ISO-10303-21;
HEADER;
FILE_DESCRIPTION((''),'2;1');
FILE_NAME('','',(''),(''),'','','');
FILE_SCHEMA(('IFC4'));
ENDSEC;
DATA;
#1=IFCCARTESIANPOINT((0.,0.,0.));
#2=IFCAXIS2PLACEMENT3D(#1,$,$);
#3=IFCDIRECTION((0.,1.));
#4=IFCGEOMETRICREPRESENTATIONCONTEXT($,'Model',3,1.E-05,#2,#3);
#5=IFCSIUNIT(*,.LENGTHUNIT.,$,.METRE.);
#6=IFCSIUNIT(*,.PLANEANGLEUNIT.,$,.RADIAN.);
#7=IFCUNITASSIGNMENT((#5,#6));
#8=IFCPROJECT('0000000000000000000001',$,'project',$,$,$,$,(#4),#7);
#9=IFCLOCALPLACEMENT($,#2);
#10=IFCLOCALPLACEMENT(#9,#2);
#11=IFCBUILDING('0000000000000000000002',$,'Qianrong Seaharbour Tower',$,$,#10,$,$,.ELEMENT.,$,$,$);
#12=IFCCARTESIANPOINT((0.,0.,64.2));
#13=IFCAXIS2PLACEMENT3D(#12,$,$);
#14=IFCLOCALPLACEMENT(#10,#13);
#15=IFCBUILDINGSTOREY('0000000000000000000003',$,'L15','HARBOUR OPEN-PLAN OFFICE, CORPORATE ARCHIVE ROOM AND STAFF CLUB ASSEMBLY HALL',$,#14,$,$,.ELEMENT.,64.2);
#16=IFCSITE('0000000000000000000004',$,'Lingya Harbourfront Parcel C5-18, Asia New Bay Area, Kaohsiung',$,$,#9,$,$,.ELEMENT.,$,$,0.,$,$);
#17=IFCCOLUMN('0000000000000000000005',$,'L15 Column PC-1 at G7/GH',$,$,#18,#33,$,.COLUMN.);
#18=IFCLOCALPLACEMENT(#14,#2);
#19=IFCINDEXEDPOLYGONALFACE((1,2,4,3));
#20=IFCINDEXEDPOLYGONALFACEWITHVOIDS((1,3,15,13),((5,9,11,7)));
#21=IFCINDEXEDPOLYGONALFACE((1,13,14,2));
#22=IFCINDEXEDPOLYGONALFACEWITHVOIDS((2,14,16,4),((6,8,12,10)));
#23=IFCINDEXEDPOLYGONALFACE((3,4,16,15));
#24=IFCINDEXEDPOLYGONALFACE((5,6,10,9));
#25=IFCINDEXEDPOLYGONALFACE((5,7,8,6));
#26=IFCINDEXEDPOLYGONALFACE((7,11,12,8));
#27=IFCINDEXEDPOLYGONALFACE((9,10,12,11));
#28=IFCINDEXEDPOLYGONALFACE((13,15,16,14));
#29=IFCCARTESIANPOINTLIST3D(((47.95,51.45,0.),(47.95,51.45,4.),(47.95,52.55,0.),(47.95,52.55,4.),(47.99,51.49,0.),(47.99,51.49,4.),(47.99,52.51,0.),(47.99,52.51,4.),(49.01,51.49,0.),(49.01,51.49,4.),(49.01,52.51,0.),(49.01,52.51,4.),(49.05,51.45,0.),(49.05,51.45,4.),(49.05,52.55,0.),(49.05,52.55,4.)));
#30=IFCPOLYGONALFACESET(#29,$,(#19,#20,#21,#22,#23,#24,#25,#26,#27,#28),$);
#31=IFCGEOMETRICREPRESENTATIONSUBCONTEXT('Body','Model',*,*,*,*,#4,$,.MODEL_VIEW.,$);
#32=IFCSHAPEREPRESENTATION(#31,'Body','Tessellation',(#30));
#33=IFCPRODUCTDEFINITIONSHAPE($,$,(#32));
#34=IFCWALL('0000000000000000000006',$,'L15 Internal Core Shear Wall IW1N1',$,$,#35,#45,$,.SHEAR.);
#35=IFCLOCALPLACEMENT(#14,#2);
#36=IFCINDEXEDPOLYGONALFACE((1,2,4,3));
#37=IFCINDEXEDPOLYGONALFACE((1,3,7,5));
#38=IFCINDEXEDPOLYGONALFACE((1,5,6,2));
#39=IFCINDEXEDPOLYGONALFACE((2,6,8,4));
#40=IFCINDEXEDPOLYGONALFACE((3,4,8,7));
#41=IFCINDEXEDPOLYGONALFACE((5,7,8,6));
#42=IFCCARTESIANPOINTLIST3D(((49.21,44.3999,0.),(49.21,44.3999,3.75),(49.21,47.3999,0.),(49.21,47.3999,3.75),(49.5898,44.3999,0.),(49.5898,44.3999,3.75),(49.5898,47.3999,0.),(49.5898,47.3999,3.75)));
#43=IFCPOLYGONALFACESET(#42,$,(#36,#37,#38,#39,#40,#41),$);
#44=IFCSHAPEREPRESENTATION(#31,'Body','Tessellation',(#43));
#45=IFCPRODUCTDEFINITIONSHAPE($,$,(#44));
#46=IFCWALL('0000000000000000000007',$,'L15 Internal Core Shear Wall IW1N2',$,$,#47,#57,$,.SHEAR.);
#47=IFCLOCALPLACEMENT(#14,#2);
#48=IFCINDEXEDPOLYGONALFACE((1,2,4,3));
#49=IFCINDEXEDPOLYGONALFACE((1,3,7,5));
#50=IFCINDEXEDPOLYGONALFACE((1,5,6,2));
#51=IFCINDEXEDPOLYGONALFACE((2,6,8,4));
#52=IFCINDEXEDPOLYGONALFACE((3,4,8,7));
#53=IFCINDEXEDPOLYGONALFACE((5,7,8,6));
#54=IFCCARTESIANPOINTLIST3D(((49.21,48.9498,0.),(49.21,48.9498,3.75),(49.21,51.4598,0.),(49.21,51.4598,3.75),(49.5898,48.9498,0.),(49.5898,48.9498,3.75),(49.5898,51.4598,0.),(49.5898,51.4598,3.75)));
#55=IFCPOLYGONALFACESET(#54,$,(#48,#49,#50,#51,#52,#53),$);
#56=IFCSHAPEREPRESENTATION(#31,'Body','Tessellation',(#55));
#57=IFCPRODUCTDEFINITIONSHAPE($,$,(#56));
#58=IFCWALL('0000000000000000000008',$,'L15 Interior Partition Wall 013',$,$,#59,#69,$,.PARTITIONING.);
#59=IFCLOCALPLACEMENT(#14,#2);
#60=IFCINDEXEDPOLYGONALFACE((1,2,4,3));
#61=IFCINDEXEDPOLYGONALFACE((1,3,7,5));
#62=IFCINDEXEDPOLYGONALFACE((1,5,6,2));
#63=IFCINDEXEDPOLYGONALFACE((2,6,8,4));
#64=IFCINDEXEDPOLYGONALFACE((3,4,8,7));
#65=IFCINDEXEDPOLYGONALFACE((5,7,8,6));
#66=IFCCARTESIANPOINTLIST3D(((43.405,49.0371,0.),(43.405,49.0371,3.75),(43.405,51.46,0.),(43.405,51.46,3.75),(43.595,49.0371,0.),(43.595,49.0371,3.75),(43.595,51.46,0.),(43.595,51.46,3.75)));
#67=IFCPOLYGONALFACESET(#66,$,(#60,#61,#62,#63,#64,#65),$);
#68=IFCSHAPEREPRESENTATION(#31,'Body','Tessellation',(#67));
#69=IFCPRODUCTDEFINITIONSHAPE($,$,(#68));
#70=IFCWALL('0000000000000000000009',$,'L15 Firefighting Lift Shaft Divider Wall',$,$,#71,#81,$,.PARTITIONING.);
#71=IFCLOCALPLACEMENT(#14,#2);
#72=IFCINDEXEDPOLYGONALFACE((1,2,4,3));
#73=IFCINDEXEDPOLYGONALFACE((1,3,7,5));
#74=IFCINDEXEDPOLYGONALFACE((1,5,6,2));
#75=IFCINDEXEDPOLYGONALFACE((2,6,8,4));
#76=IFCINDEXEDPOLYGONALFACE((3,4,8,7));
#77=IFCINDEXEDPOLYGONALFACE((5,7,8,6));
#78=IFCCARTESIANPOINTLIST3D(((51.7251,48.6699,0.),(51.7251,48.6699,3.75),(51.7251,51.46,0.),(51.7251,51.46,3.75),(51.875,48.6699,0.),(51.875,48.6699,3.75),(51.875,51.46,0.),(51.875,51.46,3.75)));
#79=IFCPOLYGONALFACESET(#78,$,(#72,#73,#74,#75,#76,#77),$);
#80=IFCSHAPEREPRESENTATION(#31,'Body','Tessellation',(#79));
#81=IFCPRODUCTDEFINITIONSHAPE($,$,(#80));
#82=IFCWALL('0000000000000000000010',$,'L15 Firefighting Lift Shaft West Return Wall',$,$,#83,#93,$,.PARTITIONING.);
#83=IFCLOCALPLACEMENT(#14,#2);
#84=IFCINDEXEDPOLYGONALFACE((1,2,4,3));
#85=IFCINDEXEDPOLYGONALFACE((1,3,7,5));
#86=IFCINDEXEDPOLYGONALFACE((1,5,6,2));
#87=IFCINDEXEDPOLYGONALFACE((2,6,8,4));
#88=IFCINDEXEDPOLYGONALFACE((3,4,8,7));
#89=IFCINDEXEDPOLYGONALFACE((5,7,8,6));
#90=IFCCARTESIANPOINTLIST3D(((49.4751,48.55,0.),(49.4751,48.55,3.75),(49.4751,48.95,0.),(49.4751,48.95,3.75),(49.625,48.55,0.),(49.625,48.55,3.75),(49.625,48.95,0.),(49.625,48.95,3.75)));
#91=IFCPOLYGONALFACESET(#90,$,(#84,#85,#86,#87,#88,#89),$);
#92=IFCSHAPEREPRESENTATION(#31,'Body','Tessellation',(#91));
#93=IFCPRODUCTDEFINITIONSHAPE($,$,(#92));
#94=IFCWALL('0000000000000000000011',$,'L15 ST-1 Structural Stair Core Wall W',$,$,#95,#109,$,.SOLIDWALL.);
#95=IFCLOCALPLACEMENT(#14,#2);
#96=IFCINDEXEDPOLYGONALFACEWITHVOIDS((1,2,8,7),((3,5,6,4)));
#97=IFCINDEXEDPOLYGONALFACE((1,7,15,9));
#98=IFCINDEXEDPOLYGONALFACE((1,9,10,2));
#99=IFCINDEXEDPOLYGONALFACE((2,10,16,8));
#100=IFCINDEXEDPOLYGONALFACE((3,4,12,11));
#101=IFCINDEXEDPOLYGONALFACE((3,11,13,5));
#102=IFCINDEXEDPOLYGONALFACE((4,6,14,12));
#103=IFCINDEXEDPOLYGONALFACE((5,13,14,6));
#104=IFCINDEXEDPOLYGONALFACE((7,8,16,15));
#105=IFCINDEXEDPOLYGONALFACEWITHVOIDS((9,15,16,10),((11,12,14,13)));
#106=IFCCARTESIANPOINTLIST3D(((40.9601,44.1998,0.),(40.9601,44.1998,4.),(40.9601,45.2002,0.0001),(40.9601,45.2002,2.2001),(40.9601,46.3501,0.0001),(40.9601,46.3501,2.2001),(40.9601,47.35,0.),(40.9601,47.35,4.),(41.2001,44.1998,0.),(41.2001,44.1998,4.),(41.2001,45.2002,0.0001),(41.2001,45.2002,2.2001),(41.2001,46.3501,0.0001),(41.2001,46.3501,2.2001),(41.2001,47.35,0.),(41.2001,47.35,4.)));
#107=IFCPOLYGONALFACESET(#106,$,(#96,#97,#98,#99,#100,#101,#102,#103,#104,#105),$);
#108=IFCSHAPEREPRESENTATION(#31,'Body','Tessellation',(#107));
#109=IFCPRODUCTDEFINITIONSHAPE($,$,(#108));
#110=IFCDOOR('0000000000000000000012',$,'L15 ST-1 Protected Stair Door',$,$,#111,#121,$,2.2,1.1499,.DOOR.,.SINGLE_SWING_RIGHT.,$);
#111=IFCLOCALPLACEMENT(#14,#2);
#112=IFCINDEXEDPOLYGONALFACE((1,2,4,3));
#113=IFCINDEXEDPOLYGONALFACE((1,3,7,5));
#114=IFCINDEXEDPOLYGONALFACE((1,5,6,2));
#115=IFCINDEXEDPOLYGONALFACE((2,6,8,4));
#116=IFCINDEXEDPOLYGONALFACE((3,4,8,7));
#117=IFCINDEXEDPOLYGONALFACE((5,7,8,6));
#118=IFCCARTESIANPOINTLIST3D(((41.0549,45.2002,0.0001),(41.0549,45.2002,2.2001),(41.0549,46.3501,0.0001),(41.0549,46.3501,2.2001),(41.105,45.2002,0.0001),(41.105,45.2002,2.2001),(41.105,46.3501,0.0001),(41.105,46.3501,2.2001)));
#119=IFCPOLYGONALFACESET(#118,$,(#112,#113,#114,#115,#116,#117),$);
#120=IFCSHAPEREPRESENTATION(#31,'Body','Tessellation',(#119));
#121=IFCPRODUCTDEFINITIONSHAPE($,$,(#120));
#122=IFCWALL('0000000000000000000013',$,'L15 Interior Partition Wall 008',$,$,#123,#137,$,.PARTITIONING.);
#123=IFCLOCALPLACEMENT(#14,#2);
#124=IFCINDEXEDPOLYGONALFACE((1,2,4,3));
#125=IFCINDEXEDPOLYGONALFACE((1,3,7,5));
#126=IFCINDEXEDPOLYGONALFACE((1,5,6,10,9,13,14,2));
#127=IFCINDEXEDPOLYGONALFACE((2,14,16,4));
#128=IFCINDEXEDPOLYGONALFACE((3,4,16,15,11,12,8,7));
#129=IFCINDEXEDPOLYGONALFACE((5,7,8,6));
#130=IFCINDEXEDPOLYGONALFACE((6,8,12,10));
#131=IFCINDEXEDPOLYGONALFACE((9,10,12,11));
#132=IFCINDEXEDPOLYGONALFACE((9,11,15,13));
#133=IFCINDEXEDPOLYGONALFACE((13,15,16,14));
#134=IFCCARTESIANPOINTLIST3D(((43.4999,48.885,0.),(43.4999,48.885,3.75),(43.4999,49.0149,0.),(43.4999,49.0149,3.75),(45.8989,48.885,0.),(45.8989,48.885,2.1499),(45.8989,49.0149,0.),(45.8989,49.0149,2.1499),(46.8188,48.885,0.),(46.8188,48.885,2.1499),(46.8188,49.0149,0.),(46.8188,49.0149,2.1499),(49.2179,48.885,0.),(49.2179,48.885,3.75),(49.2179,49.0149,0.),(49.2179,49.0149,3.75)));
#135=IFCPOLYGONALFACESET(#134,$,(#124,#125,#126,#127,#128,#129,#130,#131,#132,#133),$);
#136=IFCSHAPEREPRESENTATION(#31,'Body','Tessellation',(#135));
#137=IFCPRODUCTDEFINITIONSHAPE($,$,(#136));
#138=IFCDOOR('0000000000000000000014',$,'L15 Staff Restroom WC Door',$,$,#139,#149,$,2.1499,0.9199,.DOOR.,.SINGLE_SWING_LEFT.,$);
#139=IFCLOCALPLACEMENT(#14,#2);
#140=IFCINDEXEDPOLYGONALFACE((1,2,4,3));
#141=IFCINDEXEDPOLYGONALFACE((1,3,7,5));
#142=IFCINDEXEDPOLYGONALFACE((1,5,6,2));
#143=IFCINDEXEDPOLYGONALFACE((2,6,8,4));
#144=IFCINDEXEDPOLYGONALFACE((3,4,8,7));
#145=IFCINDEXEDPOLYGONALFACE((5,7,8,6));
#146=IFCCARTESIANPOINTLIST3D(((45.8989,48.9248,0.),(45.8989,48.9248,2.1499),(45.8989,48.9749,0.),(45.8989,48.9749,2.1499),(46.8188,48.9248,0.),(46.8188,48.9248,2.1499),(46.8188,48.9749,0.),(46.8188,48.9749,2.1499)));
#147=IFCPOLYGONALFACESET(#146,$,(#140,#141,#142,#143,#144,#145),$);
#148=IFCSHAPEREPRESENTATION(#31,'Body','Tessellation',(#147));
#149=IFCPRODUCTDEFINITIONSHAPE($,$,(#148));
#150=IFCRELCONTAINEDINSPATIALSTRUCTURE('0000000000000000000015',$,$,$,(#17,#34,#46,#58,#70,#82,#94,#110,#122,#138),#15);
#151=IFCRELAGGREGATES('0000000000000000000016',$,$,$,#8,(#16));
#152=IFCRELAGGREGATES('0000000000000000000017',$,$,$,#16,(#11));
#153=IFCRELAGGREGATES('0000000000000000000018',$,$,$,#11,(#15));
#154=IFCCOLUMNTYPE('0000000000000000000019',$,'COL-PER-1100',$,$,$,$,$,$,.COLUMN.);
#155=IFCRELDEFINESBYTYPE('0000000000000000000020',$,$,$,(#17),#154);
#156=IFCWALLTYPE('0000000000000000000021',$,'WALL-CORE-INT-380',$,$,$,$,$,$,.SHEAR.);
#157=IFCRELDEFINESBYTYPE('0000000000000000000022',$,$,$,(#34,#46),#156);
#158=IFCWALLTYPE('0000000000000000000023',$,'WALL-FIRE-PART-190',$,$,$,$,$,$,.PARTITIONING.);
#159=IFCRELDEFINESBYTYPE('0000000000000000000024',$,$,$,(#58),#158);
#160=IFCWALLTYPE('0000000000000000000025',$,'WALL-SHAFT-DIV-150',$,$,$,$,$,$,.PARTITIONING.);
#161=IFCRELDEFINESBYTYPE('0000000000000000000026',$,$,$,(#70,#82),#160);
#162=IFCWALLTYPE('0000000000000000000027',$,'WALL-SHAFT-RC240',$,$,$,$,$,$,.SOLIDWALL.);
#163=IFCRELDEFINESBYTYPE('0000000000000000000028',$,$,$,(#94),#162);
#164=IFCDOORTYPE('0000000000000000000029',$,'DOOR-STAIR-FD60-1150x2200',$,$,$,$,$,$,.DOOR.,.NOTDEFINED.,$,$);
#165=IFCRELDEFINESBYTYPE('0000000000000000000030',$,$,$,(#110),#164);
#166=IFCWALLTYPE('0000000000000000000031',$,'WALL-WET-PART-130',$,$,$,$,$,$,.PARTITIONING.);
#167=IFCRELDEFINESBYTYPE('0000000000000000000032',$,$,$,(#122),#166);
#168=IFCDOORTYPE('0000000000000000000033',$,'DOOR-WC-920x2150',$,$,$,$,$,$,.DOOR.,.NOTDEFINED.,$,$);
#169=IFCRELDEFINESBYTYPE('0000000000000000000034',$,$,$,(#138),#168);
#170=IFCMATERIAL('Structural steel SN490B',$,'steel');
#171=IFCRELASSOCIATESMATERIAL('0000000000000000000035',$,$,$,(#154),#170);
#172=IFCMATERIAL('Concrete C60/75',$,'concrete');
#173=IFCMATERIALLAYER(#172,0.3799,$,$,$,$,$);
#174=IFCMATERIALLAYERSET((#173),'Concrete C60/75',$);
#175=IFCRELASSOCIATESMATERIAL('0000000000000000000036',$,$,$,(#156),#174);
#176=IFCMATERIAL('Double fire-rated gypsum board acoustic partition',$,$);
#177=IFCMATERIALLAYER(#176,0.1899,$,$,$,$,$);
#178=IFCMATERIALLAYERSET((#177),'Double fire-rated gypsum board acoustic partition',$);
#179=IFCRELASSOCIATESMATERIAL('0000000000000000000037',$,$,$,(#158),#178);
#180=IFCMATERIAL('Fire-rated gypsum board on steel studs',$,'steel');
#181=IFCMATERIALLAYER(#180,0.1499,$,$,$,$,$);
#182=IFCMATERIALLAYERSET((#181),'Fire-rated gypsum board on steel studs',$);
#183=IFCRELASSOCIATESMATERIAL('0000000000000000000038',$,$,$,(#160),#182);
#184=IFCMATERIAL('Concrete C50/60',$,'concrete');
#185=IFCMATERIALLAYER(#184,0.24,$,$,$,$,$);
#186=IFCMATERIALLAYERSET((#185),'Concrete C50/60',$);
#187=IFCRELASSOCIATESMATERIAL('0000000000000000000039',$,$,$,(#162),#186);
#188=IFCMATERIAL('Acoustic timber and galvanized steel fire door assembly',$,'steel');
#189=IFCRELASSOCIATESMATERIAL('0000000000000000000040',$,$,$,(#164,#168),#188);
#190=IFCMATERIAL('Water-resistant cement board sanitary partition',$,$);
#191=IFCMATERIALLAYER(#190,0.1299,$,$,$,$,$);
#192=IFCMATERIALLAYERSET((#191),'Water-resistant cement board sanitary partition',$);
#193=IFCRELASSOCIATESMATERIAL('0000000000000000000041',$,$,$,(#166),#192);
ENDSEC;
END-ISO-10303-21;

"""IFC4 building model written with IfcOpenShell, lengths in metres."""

from ifc_helpers import new_model, si_unit, direction, frame, frame_2d, origin, origin_2d, place, context, subcontext, project, spatial, rectangle, hollow_rectangle, extrude, material, layer, layer_set, material_profile, profile_set, type_object, element, fill, save


model = new_model("IFC4")

# Units and contexts
model_context = context("Model", 3, precision=1e-05, world=origin(), true_north=direction((0.0, 1.0)))
body_context = subcontext(model_context, "Body", "Model", "MODEL_VIEW")
ifc_project = project(units=[si_unit("LENGTHUNIT", "METRE"), si_unit("PLANEANGLEUNIT", "RADIAN")], contexts=[model_context])

# Site, building, storey
site_placement = place(None, origin())
site = spatial("IfcSite", under=ifc_project, at=site_placement, Name="Lingya Harbourfront Parcel C5-18, Asia New Bay Area, Kaohsiung", CompositionType="ELEMENT", RefElevation=0.0)
building_placement = place(site_placement, origin())
building = spatial("IfcBuilding", under=site, at=building_placement, Name="Qianrong Seaharbour Tower", CompositionType="ELEMENT")
storey_placement = place(building_placement, frame((0.0, 0.0, 64.2)))
storey = spatial("IfcBuildingStorey", under=building, at=storey_placement, Name="L15", Description="HARBOUR OPEN-PLAN OFFICE, CORPORATE ARCHIVE ROOM AND STAFF CLUB ASSEMBLY HALL", CompositionType="ELEMENT", Elevation=64.2)

# Column
ifc_material_1 = material(Name="Structural steel SN490B", Category="steel")
ifc_material_profile = material_profile(ifc_material_1, hollow_rectangle(XDim=1.1001, YDim=1.1001, WallThickness=0.04, at=origin_2d()), Name="BOX1100x1100x40")
ifc_profile_set = profile_set([ifc_material_profile], Name="Structural steel SN490B")
column_type = type_object("IfcColumnType", Name="COL-PER-1100", PredefinedType="COLUMN", material=ifc_profile_set)
column_placement = place(storey_placement, frame((48.5, 52.0, 0.0), z_axis=(0.0, 0.0, 1.0), x_axis=(1.0, 0.0, 0.0)))
element("IfcColumn", 1, at=column_placement, inside=storey, type_object=column_type, Name="L15 Column PC-1 at G7/GH", PredefinedType="COLUMN", context=body_context, shape_type="SweptSolid", body=[
    extrude(hollow_rectangle(XDim=1.1001, YDim=1.1001, WallThickness=0.04, at=origin_2d()), origin(), (0.0, 0.0, 1.0), 4.0),
])

# Walls
ifc_material_2 = material(Name="Concrete C60/75", Category="concrete")
ifc_layer_1 = layer(ifc_material_2, 0.3799)
ifc_layer_set_1 = layer_set([ifc_layer_1], Name="Concrete C60/75")
wall_type_1 = type_object("IfcWallType", Name="WALL-CORE-INT-380", PredefinedType="SHEAR", material=ifc_layer_set_1)
wall_1_placement = place(storey_placement, frame((49.3999, 44.3999, 0.0), z_axis=(0.0, 0.0, 1.0), x_axis=(0.0, 1.0, 0.0)))
element("IfcWall", 2, at=wall_1_placement, inside=storey, type_object=wall_type_1, Name="L15 Internal Core Shear Wall IW1N1", PredefinedType="SHEAR", context=body_context, shape_type="SweptSolid", body=[
    extrude(rectangle(XDim=3.0, YDim=0.3799, at=frame_2d((1.5, 0.0))), origin(), (0.0, 0.0, 1.0), 3.75),
])
wall_2_placement = place(storey_placement, frame((49.3999, 48.95, 0.0), z_axis=(0.0, 0.0, 1.0), x_axis=(0.0, 1.0, 0.0)))
element("IfcWall", 3, at=wall_2_placement, inside=storey, type_object=wall_type_1, Name="L15 Internal Core Shear Wall IW1N2", PredefinedType="SHEAR", context=body_context, shape_type="SweptSolid", body=[
    extrude(rectangle(XDim=2.51, YDim=0.3799, at=frame_2d((1.2549, 0.0))), origin(), (0.0, 0.0, 1.0), 3.75),
])
ifc_material_3 = material(Name="Double fire-rated gypsum board acoustic partition")
ifc_layer_2 = layer(ifc_material_3, 0.1899)
ifc_layer_set_2 = layer_set([ifc_layer_2], Name="Double fire-rated gypsum board acoustic partition")
wall_type_2 = type_object("IfcWallType", Name="WALL-FIRE-PART-190", PredefinedType="PARTITIONING", material=ifc_layer_set_2)
wall_3_placement = place(storey_placement, frame((43.5, 51.46, 0.0), z_axis=(0.0, 0.0, 1.0), x_axis=(0.0, -1.0, 0.0)))
element("IfcWall", 4, at=wall_3_placement, inside=storey, type_object=wall_type_2, Name="L15 Interior Partition Wall 013", PredefinedType="PARTITIONING", context=body_context, shape_type="SweptSolid", body=[
    extrude(rectangle(XDim=2.4229, YDim=0.1899, at=frame_2d((1.2114, 0.0))), origin(), (0.0, 0.0, 1.0), 3.75),
])
ifc_material_4 = material(Name="Fire-rated gypsum board on steel studs", Category="steel")
ifc_layer_3 = layer(ifc_material_4, 0.1499)
ifc_layer_set_3 = layer_set([ifc_layer_3], Name="Fire-rated gypsum board on steel studs")
wall_type_3 = type_object("IfcWallType", Name="WALL-SHAFT-DIV-150", PredefinedType="PARTITIONING", material=ifc_layer_set_3)
wall_4_placement = place(storey_placement, frame((51.8, 48.6699, 0.0), z_axis=(0.0, 0.0, 1.0), x_axis=(0.0, 1.0, 0.0)))
element("IfcWall", 5, at=wall_4_placement, inside=storey, type_object=wall_type_3, Name="L15 Firefighting Lift Shaft Divider Wall", PredefinedType="PARTITIONING", context=body_context, shape_type="SweptSolid", body=[
    extrude(rectangle(XDim=2.79, YDim=0.1499, at=frame_2d((1.395, 0.0))), origin(), (0.0, 0.0, 1.0), 3.75),
])
wall_5_placement = place(storey_placement, frame((49.55, 48.55, 0.0), z_axis=(0.0, 0.0, 1.0), x_axis=(0.0, 1.0, 0.0)))
element("IfcWall", 6, at=wall_5_placement, inside=storey, type_object=wall_type_3, Name="L15 Firefighting Lift Shaft West Return Wall", PredefinedType="PARTITIONING", context=body_context, shape_type="SweptSolid", body=[
    extrude(rectangle(XDim=0.3999, YDim=0.1499, at=frame_2d((0.2, 0.0))), origin(), (0.0, 0.0, 1.0), 3.75),
])

# Walls, openings, doors
ifc_material_5 = material(Name="Concrete C50/60", Category="concrete")
ifc_layer_4 = layer(ifc_material_5, 0.24)
ifc_layer_set_4 = layer_set([ifc_layer_4], Name="Concrete C50/60")
wall_type_4 = type_object("IfcWallType", Name="WALL-SHAFT-RC240", PredefinedType="SOLIDWALL", material=ifc_layer_set_4)
wall_6_placement = place(storey_placement, frame((41.0801, 47.3501, 0.0), z_axis=(0.0, 0.0, 1.0), x_axis=(0.0, -1.0, 0.0)))
wall_6 = element("IfcWall", 7, at=wall_6_placement, inside=storey, type_object=wall_type_4, Name="L15 ST-1 Structural Stair Core Wall W", PredefinedType="SOLIDWALL", context=body_context, shape_type="SweptSolid", body=[
    extrude(rectangle(XDim=3.1501, YDim=0.24, at=frame_2d((1.5752, 0.0))), origin(), (0.0, 0.0, 1.0), 4.0),
])
opening_1_placement = place(wall_6_placement, frame((1.0, 0.0, 0.0)))
opening_1 = element("IfcOpeningElement", 8, at=opening_1_placement, cuts=wall_6, PredefinedType="OPENING", context=body_context, shape_type="SweptSolid", body=[
    extrude(rectangle(XDim=1.1499, YDim=2.2, at=frame_2d((0.575, 1.1001))), frame((0.0, 0.1299, 0.0), z_axis=(0.0, -1.0, 0.0), x_axis=(1.0, 0.0, 0.0)), (0.0, 0.0, 1.0), 0.26),
])
ifc_material_6 = material(Name="Acoustic timber and galvanized steel fire door assembly", Category="steel")
door_type_1 = type_object("IfcDoorType", Name="DOOR-STAIR-FD60-1150x2200", OperationType="NOTDEFINED", PredefinedType="DOOR", material=ifc_material_6)
door_1_placement = place(opening_1_placement, origin())
door_1 = element("IfcDoor", 9, at=door_1_placement, inside=storey, type_object=door_type_1, Name="L15 ST-1 Protected Stair Door", OperationType="SINGLE_SWING_RIGHT", OverallHeight=2.2, OverallWidth=1.1499, PredefinedType="DOOR", context=body_context, shape_type="SweptSolid", body=[
    extrude(rectangle(XDim=1.1499, YDim=2.2, at=frame_2d((0.575, 1.1001))), frame((0.0, 0.0249, 0.0), z_axis=(0.0, -1.0, 0.0), x_axis=(1.0, 0.0, 0.0)), (0.0, 0.0, 1.0), 0.05),
])
fill(opening_1, door_1)
ifc_material_7 = material(Name="Water-resistant cement board sanitary partition")
ifc_layer_5 = layer(ifc_material_7, 0.1299)
ifc_layer_set_5 = layer_set([ifc_layer_5], Name="Water-resistant cement board sanitary partition")
wall_type_5 = type_object("IfcWallType", Name="WALL-WET-PART-130", PredefinedType="PARTITIONING", material=ifc_layer_set_5)
wall_7_placement = place(storey_placement, frame((43.5, 48.95, 0.0), z_axis=(0.0, 0.0, 1.0), x_axis=(1.0, 0.0, 0.0)))
wall_7 = element("IfcWall", 10, at=wall_7_placement, inside=storey, type_object=wall_type_5, Name="L15 Interior Partition Wall 008", PredefinedType="PARTITIONING", context=body_context, shape_type="SweptSolid", body=[
    extrude(rectangle(XDim=5.718, YDim=0.1299, at=frame_2d((2.8589, 0.0))), origin(), (0.0, 0.0, 1.0), 3.75),
])
opening_2_placement = place(wall_7_placement, frame((2.3989, 0.0, 0.0)))
opening_2 = element("IfcOpeningElement", 11, at=opening_2_placement, cuts=wall_7, PredefinedType="OPENING", context=body_context, shape_type="SweptSolid", body=[
    extrude(rectangle(XDim=0.9199, YDim=2.1499, at=frame_2d((0.46, 1.075))), frame((0.0, 0.075, 0.0), z_axis=(0.0, -1.0, 0.0), x_axis=(1.0, 0.0, 0.0)), (0.0, 0.0, 1.0), 0.1499),
])
door_type_2 = type_object("IfcDoorType", Name="DOOR-WC-920x2150", OperationType="NOTDEFINED", PredefinedType="DOOR", material=ifc_material_6)
door_2_placement = place(opening_2_placement, origin())
door_2 = element("IfcDoor", 12, at=door_2_placement, inside=storey, type_object=door_type_2, Name="L15 Staff Restroom WC Door", OperationType="SINGLE_SWING_LEFT", OverallHeight=2.1499, OverallWidth=0.9199, PredefinedType="DOOR", context=body_context, shape_type="SweptSolid", body=[
    extrude(rectangle(XDim=0.9199, YDim=2.1499, at=frame_2d((0.46, 1.075))), frame((0.0, 0.0249, 0.0), z_axis=(0.0, -1.0, 0.0), x_axis=(1.0, 0.0, 0.0)), (0.0, 0.0, 1.0), 0.05),
])
fill(opening_2, door_2)

save(model, "model.ifc")
